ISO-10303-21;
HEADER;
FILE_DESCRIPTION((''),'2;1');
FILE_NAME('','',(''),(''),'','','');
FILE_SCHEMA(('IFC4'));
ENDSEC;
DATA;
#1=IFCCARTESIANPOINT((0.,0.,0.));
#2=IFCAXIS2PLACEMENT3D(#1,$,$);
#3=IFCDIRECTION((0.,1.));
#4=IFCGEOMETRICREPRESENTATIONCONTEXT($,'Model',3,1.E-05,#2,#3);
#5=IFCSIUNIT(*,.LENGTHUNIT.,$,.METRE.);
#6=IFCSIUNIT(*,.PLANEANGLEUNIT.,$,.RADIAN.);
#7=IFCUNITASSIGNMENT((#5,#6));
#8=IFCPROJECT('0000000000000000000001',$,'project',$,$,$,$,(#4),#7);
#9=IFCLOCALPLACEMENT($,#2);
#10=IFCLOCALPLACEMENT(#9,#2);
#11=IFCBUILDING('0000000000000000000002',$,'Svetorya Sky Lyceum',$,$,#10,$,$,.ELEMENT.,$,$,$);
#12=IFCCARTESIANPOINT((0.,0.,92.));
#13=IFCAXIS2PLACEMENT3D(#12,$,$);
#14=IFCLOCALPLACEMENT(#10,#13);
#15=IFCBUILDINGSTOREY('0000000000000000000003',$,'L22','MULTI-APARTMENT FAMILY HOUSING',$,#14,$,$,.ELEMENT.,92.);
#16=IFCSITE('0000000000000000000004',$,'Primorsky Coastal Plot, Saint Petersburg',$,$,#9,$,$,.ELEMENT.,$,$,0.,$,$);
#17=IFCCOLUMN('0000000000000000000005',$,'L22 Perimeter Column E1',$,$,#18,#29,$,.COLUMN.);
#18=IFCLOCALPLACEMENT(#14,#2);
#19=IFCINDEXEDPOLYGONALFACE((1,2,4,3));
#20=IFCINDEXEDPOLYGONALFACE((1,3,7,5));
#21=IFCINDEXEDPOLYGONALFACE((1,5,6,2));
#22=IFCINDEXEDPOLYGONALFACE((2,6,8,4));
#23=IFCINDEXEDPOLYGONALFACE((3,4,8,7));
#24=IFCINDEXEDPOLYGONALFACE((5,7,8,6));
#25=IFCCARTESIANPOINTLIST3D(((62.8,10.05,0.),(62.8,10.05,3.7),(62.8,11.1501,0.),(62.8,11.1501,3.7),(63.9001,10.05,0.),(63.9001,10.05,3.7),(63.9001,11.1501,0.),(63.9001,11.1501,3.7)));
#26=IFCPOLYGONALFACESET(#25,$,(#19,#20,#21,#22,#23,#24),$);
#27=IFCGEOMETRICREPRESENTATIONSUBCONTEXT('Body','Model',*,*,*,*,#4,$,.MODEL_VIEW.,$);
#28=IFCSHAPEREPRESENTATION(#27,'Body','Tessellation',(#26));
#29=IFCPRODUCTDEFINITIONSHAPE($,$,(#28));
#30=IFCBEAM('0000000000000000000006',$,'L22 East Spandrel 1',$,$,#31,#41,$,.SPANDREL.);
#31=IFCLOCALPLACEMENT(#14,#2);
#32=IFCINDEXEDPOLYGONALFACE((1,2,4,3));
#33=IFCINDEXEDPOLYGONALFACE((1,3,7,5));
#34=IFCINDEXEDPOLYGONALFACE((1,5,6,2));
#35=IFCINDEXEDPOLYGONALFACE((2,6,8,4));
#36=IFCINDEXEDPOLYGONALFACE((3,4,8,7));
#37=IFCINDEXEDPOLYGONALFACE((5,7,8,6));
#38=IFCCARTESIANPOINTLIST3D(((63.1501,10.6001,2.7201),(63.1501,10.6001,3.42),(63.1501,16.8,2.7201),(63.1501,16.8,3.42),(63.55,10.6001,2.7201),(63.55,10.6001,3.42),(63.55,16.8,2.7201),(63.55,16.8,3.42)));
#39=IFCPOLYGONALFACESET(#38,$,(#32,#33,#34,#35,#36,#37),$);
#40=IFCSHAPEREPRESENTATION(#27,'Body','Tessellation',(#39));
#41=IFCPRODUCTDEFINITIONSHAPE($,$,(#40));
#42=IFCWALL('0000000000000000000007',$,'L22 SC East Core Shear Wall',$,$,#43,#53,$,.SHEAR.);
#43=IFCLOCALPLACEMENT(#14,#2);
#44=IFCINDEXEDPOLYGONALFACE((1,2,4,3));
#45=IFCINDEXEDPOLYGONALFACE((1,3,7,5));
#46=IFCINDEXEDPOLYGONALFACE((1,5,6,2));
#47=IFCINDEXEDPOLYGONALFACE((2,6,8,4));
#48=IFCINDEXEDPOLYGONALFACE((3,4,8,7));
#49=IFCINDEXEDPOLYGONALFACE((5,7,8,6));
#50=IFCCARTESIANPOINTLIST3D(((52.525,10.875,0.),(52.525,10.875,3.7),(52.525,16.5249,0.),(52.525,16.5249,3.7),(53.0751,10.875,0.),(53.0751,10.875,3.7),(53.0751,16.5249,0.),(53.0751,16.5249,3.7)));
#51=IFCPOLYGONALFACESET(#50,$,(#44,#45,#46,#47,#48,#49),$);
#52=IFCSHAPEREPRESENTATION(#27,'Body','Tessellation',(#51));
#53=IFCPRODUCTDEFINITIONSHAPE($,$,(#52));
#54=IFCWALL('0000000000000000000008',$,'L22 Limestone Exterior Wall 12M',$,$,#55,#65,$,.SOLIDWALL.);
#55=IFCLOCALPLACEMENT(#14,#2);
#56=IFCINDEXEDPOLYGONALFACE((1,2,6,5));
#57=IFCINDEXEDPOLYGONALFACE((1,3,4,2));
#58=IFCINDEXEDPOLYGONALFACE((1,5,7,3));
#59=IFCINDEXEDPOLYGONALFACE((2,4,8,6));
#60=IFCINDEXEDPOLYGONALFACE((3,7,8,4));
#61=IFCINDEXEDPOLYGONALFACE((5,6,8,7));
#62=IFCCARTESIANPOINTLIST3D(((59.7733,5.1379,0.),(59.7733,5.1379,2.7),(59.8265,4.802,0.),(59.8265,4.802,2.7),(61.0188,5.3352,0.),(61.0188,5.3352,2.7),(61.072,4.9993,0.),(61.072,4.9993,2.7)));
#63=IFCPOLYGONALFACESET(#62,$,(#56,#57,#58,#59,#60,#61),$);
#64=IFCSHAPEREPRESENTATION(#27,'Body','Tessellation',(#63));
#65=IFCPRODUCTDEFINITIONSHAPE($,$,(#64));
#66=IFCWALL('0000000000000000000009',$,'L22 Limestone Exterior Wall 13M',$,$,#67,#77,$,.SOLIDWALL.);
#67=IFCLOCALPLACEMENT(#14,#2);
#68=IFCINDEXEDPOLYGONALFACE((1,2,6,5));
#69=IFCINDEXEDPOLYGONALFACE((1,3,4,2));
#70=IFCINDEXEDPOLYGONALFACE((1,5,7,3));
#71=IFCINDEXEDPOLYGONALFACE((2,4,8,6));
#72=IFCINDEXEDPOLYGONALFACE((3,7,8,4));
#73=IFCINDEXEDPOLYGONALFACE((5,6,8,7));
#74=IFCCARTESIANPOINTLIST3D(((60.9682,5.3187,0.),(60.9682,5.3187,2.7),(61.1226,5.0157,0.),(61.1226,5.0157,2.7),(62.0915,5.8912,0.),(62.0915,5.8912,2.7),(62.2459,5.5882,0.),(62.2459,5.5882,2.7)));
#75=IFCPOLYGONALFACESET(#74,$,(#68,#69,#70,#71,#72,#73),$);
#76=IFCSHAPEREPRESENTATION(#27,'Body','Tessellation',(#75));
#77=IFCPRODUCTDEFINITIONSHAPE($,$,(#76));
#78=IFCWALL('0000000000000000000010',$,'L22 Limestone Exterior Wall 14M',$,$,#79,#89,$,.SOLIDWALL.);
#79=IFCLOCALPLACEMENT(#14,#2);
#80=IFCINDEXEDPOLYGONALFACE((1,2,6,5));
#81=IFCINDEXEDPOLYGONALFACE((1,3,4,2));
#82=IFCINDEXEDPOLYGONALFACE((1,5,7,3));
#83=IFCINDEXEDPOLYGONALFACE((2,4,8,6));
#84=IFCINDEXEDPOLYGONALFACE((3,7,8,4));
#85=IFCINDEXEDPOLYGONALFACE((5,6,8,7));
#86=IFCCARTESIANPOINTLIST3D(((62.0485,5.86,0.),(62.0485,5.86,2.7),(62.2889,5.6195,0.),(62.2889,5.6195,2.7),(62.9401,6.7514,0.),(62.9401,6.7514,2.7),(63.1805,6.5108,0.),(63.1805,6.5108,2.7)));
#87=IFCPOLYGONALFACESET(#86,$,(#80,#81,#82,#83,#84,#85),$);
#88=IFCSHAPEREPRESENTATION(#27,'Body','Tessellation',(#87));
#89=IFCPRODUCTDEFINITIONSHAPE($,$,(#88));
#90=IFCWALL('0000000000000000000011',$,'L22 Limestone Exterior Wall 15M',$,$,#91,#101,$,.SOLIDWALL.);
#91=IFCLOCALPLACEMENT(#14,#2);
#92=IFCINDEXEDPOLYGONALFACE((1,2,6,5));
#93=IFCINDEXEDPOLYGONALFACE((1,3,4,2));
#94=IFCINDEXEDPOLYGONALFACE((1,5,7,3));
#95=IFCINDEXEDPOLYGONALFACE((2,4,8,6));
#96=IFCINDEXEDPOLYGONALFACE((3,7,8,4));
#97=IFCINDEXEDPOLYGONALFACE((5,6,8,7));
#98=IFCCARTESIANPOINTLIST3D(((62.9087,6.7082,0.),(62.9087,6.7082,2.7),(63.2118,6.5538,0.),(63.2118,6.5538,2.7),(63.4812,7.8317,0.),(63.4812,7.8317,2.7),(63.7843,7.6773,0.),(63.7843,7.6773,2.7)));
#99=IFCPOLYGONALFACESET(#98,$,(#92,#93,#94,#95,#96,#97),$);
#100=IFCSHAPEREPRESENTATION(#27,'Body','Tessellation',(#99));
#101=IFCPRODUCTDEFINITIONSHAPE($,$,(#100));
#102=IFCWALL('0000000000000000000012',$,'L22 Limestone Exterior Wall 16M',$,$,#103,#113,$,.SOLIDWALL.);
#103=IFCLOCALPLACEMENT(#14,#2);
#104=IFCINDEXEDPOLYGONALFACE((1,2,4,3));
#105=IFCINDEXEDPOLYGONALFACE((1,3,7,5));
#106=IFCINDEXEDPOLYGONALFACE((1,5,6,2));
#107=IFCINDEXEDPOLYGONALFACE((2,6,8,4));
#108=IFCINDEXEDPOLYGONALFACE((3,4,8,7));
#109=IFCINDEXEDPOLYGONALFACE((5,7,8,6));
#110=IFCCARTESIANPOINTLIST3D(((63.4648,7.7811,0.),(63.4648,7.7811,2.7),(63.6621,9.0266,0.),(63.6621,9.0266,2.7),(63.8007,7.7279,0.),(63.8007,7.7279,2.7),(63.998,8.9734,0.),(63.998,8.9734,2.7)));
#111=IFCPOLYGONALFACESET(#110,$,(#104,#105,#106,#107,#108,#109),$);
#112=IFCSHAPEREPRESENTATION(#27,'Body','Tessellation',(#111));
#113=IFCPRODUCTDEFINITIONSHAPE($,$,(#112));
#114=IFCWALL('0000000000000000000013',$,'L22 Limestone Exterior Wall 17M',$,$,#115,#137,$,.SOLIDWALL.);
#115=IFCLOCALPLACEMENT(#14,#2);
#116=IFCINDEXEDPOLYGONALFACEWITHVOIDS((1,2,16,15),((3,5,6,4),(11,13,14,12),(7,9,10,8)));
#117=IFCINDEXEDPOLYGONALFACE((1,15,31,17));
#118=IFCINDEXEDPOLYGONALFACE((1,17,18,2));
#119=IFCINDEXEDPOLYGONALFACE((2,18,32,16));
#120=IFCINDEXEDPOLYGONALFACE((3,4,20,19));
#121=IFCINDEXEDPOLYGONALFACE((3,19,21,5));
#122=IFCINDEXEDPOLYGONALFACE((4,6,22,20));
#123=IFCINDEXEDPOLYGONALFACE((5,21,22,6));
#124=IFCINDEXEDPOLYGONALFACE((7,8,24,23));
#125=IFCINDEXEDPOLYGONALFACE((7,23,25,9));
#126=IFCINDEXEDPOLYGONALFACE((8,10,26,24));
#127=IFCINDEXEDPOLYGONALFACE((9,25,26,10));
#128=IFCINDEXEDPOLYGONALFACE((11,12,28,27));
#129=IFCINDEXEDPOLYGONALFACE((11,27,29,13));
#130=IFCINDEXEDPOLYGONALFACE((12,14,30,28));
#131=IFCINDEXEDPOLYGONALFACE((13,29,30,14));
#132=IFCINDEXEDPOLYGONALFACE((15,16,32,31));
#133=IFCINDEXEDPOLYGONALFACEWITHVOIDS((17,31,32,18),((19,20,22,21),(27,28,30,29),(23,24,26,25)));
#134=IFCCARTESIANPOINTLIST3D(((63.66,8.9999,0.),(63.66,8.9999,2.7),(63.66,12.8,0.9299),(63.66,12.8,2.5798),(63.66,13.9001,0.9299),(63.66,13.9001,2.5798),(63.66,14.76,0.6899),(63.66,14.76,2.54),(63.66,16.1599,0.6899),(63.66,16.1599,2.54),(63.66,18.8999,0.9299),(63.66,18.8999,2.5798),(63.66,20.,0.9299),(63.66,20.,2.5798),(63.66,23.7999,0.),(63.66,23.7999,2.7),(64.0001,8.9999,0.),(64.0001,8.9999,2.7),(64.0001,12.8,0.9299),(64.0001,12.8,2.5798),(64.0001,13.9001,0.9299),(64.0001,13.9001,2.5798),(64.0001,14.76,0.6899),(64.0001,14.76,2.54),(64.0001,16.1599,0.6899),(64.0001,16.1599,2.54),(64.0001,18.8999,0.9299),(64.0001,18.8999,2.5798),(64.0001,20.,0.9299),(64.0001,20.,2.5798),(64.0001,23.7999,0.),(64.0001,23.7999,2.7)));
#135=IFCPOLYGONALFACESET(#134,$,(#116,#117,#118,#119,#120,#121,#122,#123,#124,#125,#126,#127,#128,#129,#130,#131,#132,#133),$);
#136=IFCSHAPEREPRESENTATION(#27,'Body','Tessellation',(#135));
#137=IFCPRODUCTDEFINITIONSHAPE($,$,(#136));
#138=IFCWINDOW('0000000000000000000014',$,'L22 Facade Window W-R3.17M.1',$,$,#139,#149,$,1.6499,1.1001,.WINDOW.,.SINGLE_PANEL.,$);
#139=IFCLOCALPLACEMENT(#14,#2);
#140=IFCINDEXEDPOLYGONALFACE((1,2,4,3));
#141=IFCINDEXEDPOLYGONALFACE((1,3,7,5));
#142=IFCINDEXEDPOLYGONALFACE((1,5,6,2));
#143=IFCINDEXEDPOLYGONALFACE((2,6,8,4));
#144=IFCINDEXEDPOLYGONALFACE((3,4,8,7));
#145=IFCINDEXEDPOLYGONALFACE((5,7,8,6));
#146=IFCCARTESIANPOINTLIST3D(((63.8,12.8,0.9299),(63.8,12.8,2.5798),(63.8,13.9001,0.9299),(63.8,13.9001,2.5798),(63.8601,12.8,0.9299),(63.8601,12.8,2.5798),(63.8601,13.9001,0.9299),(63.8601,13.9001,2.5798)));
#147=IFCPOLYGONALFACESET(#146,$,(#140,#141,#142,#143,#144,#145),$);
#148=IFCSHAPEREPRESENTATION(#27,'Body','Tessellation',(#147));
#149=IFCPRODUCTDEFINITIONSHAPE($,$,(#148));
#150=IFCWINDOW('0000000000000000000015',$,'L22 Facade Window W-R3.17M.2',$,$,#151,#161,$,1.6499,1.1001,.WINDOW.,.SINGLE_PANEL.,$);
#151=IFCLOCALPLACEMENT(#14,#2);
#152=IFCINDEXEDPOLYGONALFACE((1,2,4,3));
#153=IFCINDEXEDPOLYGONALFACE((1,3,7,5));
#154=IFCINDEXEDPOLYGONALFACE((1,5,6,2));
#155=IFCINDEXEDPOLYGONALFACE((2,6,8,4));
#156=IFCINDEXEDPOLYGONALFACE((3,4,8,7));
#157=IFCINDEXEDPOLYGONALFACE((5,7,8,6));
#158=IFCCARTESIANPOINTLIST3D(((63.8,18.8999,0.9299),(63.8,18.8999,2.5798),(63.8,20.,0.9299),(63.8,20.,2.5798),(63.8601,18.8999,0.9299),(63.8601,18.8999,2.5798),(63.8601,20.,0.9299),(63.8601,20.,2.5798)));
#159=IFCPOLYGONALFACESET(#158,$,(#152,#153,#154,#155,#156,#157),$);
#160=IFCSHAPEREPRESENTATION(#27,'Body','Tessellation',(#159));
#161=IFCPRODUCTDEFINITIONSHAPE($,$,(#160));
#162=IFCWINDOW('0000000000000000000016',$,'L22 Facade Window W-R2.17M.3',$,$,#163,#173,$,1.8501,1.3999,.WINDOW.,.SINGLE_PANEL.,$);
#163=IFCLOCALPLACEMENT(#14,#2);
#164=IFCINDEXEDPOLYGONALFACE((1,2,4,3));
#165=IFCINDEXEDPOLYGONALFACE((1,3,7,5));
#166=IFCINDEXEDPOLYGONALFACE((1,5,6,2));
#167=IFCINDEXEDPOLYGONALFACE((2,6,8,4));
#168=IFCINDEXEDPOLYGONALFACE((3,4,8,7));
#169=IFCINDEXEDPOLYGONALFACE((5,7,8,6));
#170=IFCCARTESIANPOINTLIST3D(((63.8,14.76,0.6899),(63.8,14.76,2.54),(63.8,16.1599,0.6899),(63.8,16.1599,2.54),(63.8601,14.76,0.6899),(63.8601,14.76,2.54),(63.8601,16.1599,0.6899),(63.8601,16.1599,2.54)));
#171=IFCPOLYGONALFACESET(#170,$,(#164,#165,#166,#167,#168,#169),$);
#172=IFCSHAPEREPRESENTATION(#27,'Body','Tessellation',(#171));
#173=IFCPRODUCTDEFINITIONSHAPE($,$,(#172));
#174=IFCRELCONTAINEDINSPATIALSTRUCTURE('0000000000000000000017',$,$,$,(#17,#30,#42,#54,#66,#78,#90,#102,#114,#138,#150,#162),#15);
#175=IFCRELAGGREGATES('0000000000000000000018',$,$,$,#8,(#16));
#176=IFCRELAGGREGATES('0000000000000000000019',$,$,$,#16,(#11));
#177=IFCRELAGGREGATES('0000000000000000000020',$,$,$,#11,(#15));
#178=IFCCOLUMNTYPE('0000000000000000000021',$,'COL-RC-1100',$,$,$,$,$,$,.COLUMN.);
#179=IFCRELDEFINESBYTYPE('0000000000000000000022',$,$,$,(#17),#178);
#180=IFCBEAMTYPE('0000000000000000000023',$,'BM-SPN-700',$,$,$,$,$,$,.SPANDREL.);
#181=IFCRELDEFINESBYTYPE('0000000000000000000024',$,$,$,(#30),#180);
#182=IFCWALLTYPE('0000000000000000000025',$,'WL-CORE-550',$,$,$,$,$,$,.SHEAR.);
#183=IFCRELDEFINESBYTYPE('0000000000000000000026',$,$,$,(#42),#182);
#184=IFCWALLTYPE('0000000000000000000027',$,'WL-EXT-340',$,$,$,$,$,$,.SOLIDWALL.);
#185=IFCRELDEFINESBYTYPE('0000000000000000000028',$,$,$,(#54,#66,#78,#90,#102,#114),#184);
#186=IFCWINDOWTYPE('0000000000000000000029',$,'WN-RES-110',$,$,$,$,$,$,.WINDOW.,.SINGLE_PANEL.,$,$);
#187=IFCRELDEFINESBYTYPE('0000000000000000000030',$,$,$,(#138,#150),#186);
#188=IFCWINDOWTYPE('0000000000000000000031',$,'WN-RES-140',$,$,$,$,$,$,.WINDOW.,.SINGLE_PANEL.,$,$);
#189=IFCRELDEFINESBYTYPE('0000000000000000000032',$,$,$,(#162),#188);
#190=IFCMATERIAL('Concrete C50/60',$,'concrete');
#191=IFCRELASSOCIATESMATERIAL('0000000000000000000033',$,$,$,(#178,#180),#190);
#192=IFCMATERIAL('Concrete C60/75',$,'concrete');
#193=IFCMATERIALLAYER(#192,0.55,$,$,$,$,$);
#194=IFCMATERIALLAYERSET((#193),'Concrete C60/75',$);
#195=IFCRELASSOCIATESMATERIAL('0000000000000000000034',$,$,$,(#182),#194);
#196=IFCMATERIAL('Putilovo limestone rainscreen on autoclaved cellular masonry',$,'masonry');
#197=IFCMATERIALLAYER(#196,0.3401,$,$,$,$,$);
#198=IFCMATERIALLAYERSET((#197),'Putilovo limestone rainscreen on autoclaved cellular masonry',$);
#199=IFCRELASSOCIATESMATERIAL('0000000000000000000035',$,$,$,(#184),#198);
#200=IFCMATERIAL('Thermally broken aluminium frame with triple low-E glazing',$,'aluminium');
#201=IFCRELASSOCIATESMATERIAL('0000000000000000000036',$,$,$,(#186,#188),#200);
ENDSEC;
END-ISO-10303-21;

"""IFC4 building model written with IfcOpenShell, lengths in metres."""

from ifc_helpers import new_model, si_unit, direction, frame, frame_2d, origin, origin_2d, place, context, subcontext, project, spatial, rectangle, extrude, material, layer, layer_set, material_profile, profile_set, type_object, element, fill, save


model = new_model("IFC4")

# Units and contexts
model_context = context("Model", 3, precision=1e-05, world=origin(), true_north=direction((0.0, 1.0)))
body_context = subcontext(model_context, "Body", "Model", "MODEL_VIEW")
ifc_project = project(units=[si_unit("LENGTHUNIT", "METRE"), si_unit("PLANEANGLEUNIT", "RADIAN")], contexts=[model_context])

# Site, building, storey
site_placement = place(None, origin())
site = spatial("IfcSite", under=ifc_project, at=site_placement, Name="Primorsky Coastal Plot, Saint Petersburg", CompositionType="ELEMENT", RefElevation=0.0)
building_placement = place(site_placement, origin())
building = spatial("IfcBuilding", under=site, at=building_placement, Name="Svetorya Sky Lyceum", CompositionType="ELEMENT")
storey_placement = place(building_placement, frame((0.0, 0.0, 92.0)))
storey = spatial("IfcBuildingStorey", under=building, at=storey_placement, Name="L22", Description="MULTI-APARTMENT FAMILY HOUSING", CompositionType="ELEMENT", Elevation=92.0)

# Column
ifc_material_1 = material(Name="Concrete C50/60", Category="concrete")
ifc_material_profile_1 = material_profile(ifc_material_1, rectangle(XDim=1.1001, YDim=1.1001, at=origin_2d()), Name="RC COL 1100x1100")
ifc_profile_set_1 = profile_set([ifc_material_profile_1], Name="Concrete C50/60")
column_type = type_object("IfcColumnType", Name="COL-RC-1100", PredefinedType="COLUMN", material=ifc_profile_set_1)
column_placement = place(storey_placement, frame((63.3501, 10.6001, 0.0), z_axis=(0.0, 0.0, 1.0), x_axis=(1.0, 0.0, 0.0)))
element("IfcColumn", 1, at=column_placement, inside=storey, type_object=column_type, Name="L22 Perimeter Column E1", PredefinedType="COLUMN", context=body_context, shape_type="SweptSolid", body=[
    extrude(rectangle(XDim=1.1001, YDim=1.1001, at=origin_2d()), origin(), (0.0, 0.0, 1.0), 3.7),
])

# Beam
ifc_material_profile_2 = material_profile(ifc_material_1, rectangle(XDim=0.3999, YDim=0.7, at=origin_2d()), Name="RC SPANDREL 400x700")
ifc_profile_set_2 = profile_set([ifc_material_profile_2], Name="Concrete C50/60")
beam_type = type_object("IfcBeamType", Name="BM-SPN-700", PredefinedType="SPANDREL", material=ifc_profile_set_2)
beam_placement = place(storey_placement, frame((63.3501, 10.6001, 3.0701), z_axis=(0.0, 1.0, 0.0), x_axis=(-1.0, 0.0, 0.0)))
element("IfcBeam", 2, at=beam_placement, inside=storey, type_object=beam_type, Name="L22 East Spandrel 1", PredefinedType="SPANDREL", context=body_context, shape_type="SweptSolid", body=[
    extrude(rectangle(XDim=0.3999, YDim=0.7, at=origin_2d()), origin(), (0.0, 0.0, 1.0), 6.2),
])

# Walls
ifc_material_2 = material(Name="Concrete C60/75", Category="concrete")
ifc_layer_1 = layer(ifc_material_2, 0.55)
ifc_layer_set_1 = layer_set([ifc_layer_1], Name="Concrete C60/75")
wall_type_1 = type_object("IfcWallType", Name="WL-CORE-550", PredefinedType="SHEAR", material=ifc_layer_set_1)
wall_1_placement = place(storey_placement, frame((52.8, 10.875, 0.0), z_axis=(0.0, 0.0, 1.0), x_axis=(0.0, 1.0, 0.0)))
element("IfcWall", 3, at=wall_1_placement, inside=storey, type_object=wall_type_1, Name="L22 SC East Core Shear Wall", PredefinedType="SHEAR", context=body_context, shape_type="SweptSolid", body=[
    extrude(rectangle(XDim=5.6499, YDim=0.55, at=frame_2d((2.825, 0.0))), origin(), (0.0, 0.0, 1.0), 3.7),
])
ifc_material_3 = material(Name="Putilovo limestone rainscreen on autoclaved cellular masonry", Category="masonry")
ifc_layer_2 = layer(ifc_material_3, 0.3401)
ifc_layer_set_2 = layer_set([ifc_layer_2], Name="Putilovo limestone rainscreen on autoclaved cellular masonry")
wall_type_2 = type_object("IfcWallType", Name="WL-EXT-340", PredefinedType="SOLIDWALL", material=ifc_layer_set_2)
wall_2_placement = place(storey_placement, frame((59.8, 4.97, 0.0), z_axis=(0.0, 0.0, 1.0), x_axis=(0.987686, 0.15645, 0.0)))
element("IfcWall", 4, at=wall_2_placement, inside=storey, type_object=wall_type_2, Name="L22 Limestone Exterior Wall 12M", PredefinedType="SOLIDWALL", context=body_context, shape_type="SweptSolid", body=[
    extrude(rectangle(XDim=1.261, YDim=0.3401, at=frame_2d((0.6304, 0.0))), origin(), (0.0, 0.0, 1.0), 2.7),
])
for number, where, z_axis, x_axis, name in (
    (5, (61.0454, 5.1672, 0.0), (0.0, 0.0, 1.0), (0.890954, 0.454094, 0.0), "L22 Limestone Exterior Wall 13M"),
    (6, (62.1687, 5.7397, 0.0), (0.0, 0.0, 1.0), (0.707204, 0.70701, 0.0), "L22 Limestone Exterior Wall 14M"),
):
    element("IfcWall", number, at=place(storey_placement, frame(where, z_axis=z_axis, x_axis=x_axis)), inside=storey, type_object=wall_type_2, Name=name, PredefinedType="SOLIDWALL", context=body_context, shape_type="SweptSolid", body=[
        extrude(rectangle(XDim=1.2607, YDim=0.3401, at=frame_2d((0.6304, 0.0))), origin(), (0.0, 0.0, 1.0), 2.7),
    ])
for number, where, z_axis, x_axis, name in (
    (7, (63.0603, 6.6311, 0.0), (0.0, 0.0, 1.0), (0.454016, 0.890994, 0.0), "L22 Limestone Exterior Wall 15M"),
    (8, (63.6328, 7.7546, 0.0), (0.0, 0.0, 1.0), (0.15645, 0.987686, 0.0), "L22 Limestone Exterior Wall 16M"),
):
    element("IfcWall", number, at=place(storey_placement, frame(where, z_axis=z_axis, x_axis=x_axis)), inside=storey, type_object=wall_type_2, Name=name, PredefinedType="SOLIDWALL", context=body_context, shape_type="SweptSolid", body=[
        extrude(rectangle(XDim=1.261, YDim=0.3401, at=frame_2d((0.6304, 0.0))), origin(), (0.0, 0.0, 1.0), 2.7),
    ])

# Wall, openings, windows
wall_3_placement = place(storey_placement, frame((63.8301, 9.0, 0.0), z_axis=(0.0, 0.0, 1.0), x_axis=(0.0, 1.0, 0.0)))
wall_3 = element("IfcWall", 9, at=wall_3_placement, inside=storey, type_object=wall_type_2, Name="L22 Limestone Exterior Wall 17M", PredefinedType="SOLIDWALL", context=body_context, shape_type="SweptSolid", body=[
    extrude(rectangle(XDim=14.8, YDim=0.3401, at=frame_2d((7.3999, 0.0))), origin(), (0.0, 0.0, 1.0), 2.7),
])
opening_1_placement = place(wall_3_placement, frame((3.8, 0.0, 0.9299)))
opening_1 = element("IfcOpeningElement", 10, at=opening_1_placement, cuts=wall_3, PredefinedType="OPENING", context=body_context, shape_type="SweptSolid", body=[
    extrude(rectangle(XDim=1.1001, YDim=1.6499, at=frame_2d((0.55, 0.825))), frame((0.0, 0.1799, 0.0), z_axis=(0.0, -1.0, 0.0), x_axis=(1.0, 0.0, 0.0)), (0.0, 0.0, 1.0), 0.3601),
])
opening_2_placement = place(wall_3_placement, frame((5.76, 0.0, 0.6899)))
opening_2 = element("IfcOpeningElement", 11, at=opening_2_placement, cuts=wall_3, PredefinedType="OPENING", context=body_context, shape_type="SweptSolid", body=[
    extrude(rectangle(XDim=1.3999, YDim=1.8501, at=frame_2d((0.7, 0.925))), frame((0.0, 0.1799, 0.0), z_axis=(0.0, -1.0, 0.0), x_axis=(1.0, 0.0, 0.0)), (0.0, 0.0, 1.0), 0.3601),
])
opening_3_placement = place(wall_3_placement, frame((9.8999, 0.0, 0.9299)))
opening_3 = element("IfcOpeningElement", 12, at=opening_3_placement, cuts=wall_3, PredefinedType="OPENING", context=body_context, shape_type="SweptSolid", body=[
    extrude(rectangle(XDim=1.1001, YDim=1.6499, at=frame_2d((0.55, 0.825))), frame((0.0, 0.1799, 0.0), z_axis=(0.0, -1.0, 0.0), x_axis=(1.0, 0.0, 0.0)), (0.0, 0.0, 1.0), 0.3601),
])
ifc_material_4 = material(Name="Thermally broken aluminium frame with triple low-E glazing", Category="aluminium")
window_type_1 = type_object("IfcWindowType", Name="WN-RES-110", PartitioningType="SINGLE_PANEL", PredefinedType="WINDOW", material=ifc_material_4)
window_1_placement = place(opening_1_placement, origin())
window_1 = element("IfcWindow", 13, at=window_1_placement, inside=storey, type_object=window_type_1, Name="L22 Facade Window W-R3.17M.1", OverallHeight=1.6499, OverallWidth=1.1001, PartitioningType="SINGLE_PANEL", PredefinedType="WINDOW", context=body_context, shape_type="SweptSolid", body=[
    extrude(rectangle(XDim=1.1001, YDim=1.6499, at=frame_2d((0.55, 0.825))), frame((0.0, 0.03, 0.0), z_axis=(0.0, -1.0, 0.0), x_axis=(1.0, 0.0, 0.0)), (0.0, 0.0, 1.0), 0.0601),
])
fill(opening_1, window_1)
window_2_placement = place(opening_3_placement, origin())
window_2 = element("IfcWindow", 14, at=window_2_placement, inside=storey, type_object=window_type_1, Name="L22 Facade Window W-R3.17M.2", OverallHeight=1.6499, OverallWidth=1.1001, PartitioningType="SINGLE_PANEL", PredefinedType="WINDOW", context=body_context, shape_type="SweptSolid", body=[
    extrude(rectangle(XDim=1.1001, YDim=1.6499, at=frame_2d((0.55, 0.825))), frame((0.0, 0.03, 0.0), z_axis=(0.0, -1.0, 0.0), x_axis=(1.0, 0.0, 0.0)), (0.0, 0.0, 1.0), 0.0601),
])
fill(opening_3, window_2)
window_type_2 = type_object("IfcWindowType", Name="WN-RES-140", PartitioningType="SINGLE_PANEL", PredefinedType="WINDOW", material=ifc_material_4)
window_3_placement = place(opening_2_placement, origin())
window_3 = element("IfcWindow", 15, at=window_3_placement, inside=storey, type_object=window_type_2, Name="L22 Facade Window W-R2.17M.3", OverallHeight=1.8501, OverallWidth=1.3999, PartitioningType="SINGLE_PANEL", PredefinedType="WINDOW", context=body_context, shape_type="SweptSolid", body=[
    extrude(rectangle(XDim=1.3999, YDim=1.8501, at=frame_2d((0.7, 0.925))), frame((0.0, 0.03, 0.0), z_axis=(0.0, -1.0, 0.0), x_axis=(1.0, 0.0, 0.0)), (0.0, 0.0, 1.0), 0.0601),
])
fill(opening_2, window_3)

save(model, "model.ifc")
